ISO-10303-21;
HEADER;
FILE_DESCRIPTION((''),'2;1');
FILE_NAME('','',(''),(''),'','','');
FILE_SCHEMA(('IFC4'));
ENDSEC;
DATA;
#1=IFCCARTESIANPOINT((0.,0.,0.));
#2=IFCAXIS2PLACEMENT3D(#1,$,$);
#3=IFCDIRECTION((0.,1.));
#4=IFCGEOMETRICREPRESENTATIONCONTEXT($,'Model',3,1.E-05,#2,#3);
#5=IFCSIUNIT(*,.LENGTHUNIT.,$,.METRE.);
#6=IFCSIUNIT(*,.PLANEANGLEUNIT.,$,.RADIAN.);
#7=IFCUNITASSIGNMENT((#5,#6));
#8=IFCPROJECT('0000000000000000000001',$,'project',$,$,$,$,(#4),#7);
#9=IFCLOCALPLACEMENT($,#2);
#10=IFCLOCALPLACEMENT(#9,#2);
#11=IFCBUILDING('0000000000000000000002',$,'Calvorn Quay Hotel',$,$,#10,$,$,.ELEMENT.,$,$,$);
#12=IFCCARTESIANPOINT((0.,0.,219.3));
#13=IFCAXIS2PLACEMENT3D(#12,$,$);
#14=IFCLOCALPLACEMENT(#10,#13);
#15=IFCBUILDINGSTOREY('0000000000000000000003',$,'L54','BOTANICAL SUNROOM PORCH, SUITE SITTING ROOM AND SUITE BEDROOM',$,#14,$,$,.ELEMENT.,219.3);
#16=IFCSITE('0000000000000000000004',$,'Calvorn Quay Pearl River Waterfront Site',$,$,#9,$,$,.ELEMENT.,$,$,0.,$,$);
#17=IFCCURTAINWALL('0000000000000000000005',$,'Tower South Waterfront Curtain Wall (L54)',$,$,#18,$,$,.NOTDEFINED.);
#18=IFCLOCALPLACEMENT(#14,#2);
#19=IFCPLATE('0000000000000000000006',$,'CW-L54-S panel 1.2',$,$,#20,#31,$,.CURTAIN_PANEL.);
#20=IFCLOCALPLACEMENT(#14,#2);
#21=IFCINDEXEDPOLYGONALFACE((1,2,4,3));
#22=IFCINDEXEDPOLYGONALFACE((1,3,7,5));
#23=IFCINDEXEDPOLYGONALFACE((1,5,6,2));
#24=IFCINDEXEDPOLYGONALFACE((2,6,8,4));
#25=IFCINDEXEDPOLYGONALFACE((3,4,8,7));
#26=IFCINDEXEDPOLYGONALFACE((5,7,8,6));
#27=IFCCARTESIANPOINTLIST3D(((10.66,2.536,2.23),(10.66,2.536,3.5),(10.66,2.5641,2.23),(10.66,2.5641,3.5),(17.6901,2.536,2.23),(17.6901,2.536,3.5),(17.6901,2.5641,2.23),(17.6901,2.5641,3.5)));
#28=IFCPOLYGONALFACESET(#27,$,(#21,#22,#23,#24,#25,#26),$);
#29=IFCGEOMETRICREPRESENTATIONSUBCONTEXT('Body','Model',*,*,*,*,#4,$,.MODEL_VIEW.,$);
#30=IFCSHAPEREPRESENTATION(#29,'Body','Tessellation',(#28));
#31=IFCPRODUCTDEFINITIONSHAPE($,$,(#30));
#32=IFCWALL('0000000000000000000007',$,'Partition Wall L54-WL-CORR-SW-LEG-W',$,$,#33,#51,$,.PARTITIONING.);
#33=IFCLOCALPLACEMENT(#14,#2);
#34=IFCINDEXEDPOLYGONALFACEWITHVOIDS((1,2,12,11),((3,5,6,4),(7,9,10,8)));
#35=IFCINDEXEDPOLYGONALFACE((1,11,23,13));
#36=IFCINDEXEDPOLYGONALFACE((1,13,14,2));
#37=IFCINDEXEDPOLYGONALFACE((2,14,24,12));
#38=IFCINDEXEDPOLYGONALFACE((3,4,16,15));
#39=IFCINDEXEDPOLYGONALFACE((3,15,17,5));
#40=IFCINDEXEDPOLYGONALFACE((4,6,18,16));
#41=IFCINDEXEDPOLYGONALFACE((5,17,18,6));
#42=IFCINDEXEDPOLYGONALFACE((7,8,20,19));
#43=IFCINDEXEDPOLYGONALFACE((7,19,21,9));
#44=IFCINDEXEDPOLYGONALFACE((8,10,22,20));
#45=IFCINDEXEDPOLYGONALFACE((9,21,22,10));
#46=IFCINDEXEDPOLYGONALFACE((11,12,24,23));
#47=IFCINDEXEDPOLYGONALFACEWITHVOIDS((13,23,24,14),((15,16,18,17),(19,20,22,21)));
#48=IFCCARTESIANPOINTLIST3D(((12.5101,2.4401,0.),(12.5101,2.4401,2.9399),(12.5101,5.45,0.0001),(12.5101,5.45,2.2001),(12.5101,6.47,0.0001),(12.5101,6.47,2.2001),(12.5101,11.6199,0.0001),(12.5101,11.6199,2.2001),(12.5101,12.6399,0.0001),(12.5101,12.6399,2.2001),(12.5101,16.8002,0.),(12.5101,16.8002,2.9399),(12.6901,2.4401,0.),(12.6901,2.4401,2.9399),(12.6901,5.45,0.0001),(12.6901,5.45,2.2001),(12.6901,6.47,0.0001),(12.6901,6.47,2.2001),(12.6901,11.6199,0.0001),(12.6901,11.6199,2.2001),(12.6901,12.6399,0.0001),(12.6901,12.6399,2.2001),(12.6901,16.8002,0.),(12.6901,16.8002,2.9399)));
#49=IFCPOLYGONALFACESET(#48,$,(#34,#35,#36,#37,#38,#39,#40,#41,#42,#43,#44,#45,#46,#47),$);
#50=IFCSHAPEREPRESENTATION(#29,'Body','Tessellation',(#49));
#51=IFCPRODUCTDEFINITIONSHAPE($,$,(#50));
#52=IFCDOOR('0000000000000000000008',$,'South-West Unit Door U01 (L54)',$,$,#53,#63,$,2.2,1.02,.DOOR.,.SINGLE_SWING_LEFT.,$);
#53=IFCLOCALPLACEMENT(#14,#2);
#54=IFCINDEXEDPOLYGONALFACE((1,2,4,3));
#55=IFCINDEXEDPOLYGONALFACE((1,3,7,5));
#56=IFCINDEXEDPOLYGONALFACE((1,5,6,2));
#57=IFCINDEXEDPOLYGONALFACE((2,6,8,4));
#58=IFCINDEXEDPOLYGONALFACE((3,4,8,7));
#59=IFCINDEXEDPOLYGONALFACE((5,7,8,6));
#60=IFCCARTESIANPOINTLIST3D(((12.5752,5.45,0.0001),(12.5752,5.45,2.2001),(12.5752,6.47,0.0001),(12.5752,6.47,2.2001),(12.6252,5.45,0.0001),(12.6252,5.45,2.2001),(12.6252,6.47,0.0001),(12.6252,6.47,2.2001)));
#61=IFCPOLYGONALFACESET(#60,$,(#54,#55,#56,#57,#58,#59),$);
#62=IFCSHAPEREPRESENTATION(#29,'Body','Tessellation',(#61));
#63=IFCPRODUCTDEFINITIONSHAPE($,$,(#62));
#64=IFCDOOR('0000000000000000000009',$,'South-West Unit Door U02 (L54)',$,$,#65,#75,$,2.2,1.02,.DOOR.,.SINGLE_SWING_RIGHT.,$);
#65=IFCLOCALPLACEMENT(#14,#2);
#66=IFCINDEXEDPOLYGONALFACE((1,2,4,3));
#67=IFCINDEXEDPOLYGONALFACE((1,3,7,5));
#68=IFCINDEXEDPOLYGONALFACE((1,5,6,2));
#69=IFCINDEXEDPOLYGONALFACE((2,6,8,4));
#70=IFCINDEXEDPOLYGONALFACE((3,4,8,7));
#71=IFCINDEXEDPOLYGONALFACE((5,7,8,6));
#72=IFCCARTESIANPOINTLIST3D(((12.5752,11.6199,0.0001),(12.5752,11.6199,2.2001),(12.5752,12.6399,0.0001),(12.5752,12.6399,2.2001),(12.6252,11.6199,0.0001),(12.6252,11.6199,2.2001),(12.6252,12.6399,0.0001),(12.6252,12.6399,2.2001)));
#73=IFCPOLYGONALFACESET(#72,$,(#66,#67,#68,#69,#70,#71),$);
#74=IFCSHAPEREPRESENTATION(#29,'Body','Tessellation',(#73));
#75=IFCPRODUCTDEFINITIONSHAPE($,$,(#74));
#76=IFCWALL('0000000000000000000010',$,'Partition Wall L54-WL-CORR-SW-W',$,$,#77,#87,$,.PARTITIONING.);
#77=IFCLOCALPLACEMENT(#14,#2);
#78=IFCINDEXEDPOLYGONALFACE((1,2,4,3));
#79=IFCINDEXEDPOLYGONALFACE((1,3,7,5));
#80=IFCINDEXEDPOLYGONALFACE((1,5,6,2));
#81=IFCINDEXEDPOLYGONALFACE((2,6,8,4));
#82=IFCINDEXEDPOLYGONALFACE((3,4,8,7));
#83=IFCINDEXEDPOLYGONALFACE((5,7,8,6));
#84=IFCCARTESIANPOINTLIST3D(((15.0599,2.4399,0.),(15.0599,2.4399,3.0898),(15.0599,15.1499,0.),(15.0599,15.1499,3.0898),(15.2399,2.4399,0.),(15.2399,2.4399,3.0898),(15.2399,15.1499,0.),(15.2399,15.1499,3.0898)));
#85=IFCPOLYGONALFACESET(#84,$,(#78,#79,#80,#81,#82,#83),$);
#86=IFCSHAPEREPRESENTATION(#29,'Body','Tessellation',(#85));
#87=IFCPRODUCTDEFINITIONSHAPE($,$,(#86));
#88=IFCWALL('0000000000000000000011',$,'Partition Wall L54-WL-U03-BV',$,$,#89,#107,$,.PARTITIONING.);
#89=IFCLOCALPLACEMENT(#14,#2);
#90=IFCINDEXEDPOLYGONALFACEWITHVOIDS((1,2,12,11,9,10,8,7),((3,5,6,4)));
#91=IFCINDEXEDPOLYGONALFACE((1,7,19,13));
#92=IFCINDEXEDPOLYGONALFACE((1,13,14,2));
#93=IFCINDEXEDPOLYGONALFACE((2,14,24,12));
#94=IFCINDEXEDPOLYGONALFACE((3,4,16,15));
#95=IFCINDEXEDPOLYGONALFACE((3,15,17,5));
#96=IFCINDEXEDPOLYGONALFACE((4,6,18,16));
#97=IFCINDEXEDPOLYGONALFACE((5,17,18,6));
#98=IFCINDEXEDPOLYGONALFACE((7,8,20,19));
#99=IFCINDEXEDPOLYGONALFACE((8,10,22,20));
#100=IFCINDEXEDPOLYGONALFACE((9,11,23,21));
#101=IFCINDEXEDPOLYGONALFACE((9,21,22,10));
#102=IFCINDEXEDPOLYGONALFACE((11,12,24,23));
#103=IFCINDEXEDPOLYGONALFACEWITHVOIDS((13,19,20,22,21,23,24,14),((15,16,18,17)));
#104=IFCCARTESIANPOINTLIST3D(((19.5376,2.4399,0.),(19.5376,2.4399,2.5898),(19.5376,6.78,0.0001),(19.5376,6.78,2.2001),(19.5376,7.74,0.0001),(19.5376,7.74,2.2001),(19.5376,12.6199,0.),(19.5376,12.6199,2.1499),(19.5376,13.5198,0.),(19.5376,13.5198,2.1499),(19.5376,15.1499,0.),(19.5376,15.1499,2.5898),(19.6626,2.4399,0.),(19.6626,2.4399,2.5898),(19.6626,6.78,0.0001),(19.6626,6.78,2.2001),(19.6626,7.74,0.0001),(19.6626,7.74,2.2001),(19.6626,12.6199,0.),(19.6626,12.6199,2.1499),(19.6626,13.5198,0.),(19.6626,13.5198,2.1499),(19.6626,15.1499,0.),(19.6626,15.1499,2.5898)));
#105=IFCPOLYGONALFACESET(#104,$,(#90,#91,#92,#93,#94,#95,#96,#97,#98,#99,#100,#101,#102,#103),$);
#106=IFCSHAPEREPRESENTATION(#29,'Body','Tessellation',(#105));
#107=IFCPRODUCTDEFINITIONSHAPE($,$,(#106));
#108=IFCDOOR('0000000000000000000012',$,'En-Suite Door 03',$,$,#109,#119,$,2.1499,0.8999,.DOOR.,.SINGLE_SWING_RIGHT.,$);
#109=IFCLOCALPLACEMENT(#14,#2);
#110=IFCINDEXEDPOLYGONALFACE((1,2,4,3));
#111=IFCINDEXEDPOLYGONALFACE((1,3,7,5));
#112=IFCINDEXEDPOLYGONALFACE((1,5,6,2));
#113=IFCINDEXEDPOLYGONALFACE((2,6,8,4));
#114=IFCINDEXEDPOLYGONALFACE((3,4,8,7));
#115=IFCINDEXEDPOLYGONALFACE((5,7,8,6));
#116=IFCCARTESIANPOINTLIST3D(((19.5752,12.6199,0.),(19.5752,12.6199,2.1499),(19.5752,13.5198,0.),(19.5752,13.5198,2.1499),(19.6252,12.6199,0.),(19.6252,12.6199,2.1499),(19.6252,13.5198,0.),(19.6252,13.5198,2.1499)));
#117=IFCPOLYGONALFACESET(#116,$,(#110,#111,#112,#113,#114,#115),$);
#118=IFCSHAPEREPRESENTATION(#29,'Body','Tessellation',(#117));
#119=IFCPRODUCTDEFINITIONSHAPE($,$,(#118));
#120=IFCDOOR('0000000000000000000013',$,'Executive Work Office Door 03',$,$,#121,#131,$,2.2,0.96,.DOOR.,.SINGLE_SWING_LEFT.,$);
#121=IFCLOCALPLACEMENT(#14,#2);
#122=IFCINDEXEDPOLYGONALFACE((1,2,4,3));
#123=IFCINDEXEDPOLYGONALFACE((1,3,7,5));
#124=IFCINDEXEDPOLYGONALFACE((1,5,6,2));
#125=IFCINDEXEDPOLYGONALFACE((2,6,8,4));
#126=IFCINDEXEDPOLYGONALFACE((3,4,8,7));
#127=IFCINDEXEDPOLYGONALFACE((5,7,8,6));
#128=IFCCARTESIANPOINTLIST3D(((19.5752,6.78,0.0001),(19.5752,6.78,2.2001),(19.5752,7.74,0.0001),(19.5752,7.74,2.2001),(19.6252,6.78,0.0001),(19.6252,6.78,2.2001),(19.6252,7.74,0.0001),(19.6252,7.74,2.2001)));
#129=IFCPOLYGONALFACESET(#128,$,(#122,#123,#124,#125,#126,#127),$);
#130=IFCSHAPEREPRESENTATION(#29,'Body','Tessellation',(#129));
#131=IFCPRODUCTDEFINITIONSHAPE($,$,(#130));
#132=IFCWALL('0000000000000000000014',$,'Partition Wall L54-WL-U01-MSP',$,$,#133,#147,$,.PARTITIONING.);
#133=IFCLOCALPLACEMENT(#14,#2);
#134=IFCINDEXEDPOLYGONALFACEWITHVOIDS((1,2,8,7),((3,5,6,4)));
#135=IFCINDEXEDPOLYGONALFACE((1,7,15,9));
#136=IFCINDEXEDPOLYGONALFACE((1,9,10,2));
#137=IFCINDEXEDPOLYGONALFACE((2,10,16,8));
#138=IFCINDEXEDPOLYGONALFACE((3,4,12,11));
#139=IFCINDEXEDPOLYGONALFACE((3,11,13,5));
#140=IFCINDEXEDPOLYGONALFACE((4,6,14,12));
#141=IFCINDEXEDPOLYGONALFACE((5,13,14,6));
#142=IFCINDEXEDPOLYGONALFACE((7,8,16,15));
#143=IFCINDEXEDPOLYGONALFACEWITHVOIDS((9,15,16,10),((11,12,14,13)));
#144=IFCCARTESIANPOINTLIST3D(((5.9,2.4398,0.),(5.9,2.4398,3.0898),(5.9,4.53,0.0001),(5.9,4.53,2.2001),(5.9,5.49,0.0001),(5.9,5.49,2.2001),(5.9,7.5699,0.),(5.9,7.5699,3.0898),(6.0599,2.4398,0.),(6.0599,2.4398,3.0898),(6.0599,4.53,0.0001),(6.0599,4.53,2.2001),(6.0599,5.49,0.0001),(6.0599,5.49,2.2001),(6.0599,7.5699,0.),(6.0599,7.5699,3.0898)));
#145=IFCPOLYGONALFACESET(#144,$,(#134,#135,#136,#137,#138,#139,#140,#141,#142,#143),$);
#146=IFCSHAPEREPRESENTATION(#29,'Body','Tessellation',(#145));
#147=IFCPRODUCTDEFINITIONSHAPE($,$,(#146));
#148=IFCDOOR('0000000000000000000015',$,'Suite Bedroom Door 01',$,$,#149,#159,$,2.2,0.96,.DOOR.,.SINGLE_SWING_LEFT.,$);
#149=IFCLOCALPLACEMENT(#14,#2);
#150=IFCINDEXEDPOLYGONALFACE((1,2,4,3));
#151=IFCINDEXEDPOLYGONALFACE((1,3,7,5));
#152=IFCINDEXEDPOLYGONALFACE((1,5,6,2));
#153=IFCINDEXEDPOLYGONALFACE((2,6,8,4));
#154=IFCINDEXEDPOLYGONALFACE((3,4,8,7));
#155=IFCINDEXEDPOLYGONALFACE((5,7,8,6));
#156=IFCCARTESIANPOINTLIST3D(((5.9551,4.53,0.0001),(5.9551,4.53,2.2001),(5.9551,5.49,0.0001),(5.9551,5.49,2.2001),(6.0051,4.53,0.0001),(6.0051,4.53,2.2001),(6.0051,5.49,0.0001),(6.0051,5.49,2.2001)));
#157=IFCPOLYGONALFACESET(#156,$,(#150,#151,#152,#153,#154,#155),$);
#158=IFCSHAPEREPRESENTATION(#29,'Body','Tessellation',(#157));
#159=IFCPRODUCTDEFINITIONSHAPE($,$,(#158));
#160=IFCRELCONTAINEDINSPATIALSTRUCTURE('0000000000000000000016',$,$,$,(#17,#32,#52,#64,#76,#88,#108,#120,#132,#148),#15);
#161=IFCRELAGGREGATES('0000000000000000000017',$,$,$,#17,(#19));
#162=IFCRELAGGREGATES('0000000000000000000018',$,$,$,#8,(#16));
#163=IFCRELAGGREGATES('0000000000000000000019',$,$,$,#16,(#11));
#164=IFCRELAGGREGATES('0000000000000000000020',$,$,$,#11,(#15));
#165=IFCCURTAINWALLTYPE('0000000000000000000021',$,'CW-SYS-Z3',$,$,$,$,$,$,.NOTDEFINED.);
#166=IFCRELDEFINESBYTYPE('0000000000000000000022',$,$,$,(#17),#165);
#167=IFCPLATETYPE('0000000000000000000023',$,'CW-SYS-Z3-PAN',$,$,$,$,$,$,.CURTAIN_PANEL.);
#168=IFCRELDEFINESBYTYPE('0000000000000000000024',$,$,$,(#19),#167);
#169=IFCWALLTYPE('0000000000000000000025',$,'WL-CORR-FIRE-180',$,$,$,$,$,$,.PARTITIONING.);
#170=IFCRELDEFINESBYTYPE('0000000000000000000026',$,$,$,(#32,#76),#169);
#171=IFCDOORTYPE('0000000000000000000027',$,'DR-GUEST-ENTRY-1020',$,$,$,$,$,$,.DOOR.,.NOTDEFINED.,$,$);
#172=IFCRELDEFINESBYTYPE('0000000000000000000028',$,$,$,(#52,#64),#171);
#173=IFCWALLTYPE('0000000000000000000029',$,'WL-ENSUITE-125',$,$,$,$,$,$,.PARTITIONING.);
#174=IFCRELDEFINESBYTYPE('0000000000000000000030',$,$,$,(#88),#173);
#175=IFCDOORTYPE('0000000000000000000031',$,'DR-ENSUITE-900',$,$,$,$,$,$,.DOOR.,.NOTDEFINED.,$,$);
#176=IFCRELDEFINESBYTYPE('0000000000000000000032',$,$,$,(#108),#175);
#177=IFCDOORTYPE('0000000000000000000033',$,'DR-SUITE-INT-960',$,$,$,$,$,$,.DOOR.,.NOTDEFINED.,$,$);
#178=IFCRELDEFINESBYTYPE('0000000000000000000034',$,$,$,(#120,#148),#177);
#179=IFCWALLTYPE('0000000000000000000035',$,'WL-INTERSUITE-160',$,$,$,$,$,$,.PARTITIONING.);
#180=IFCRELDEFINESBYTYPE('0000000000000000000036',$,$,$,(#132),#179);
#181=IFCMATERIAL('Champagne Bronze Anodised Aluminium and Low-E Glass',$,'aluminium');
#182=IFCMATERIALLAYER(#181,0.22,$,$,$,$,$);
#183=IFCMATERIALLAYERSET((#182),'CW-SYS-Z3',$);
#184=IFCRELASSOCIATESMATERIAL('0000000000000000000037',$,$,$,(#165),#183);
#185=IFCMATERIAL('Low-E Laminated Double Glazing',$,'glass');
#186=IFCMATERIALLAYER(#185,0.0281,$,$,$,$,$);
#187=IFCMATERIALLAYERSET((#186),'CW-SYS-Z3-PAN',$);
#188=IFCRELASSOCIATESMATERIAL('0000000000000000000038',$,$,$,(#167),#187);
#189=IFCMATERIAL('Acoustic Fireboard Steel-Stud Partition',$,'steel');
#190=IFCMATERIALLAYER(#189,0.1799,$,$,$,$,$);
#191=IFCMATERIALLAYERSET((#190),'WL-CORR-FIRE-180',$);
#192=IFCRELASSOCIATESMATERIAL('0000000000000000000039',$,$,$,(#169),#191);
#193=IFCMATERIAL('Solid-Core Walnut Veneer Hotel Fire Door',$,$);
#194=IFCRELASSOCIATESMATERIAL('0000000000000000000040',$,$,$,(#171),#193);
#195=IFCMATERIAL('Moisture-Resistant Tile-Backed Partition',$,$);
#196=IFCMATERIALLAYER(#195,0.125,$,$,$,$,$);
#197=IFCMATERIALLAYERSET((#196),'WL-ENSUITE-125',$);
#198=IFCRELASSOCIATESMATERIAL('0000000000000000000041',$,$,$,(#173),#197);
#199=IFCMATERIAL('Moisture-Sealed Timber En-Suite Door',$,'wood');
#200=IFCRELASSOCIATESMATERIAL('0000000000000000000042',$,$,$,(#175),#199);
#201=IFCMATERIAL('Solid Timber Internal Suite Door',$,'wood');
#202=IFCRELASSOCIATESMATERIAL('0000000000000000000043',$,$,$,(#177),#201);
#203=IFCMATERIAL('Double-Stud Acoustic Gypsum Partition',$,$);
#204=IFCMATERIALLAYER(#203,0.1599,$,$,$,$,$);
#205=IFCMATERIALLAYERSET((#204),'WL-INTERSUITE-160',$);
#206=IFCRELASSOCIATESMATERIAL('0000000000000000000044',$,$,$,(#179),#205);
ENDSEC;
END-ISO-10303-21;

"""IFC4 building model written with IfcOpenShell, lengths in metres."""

from ifc_helpers import new_model, si_unit, direction, frame, frame_2d, origin, origin_2d, place, context, subcontext, project, spatial, rectangle, extrude, material, layer, layer_set, type_object, element, fill, aggregate, save


model = new_model("IFC4")

# Units and contexts
model_context = context("Model", 3, precision=1e-05, world=origin(), true_north=direction((0.0, 1.0)))
body_context = subcontext(model_context, "Body", "Model", "MODEL_VIEW")
ifc_project = project(units=[si_unit("LENGTHUNIT", "METRE"), si_unit("PLANEANGLEUNIT", "RADIAN")], contexts=[model_context])

# Site, building, storey
site_placement = place(None, origin())
site = spatial("IfcSite", under=ifc_project, at=site_placement, Name="Calvorn Quay Pearl River Waterfront Site", CompositionType="ELEMENT", RefElevation=0.0)
building_placement = place(site_placement, origin())
building = spatial("IfcBuilding", under=site, at=building_placement, Name="Calvorn Quay Hotel", CompositionType="ELEMENT")
storey_placement = place(building_placement, frame((0.0, 0.0, 219.3)))
storey = spatial("IfcBuildingStorey", under=building, at=storey_placement, Name="L54", Description="BOTANICAL SUNROOM PORCH, SUITE SITTING ROOM AND SUITE BEDROOM", CompositionType="ELEMENT", Elevation=219.3)

# Curtain wall, plate
ifc_material_1 = material(Name="Champagne Bronze Anodised Aluminium and Low-E Glass", Category="aluminium")
ifc_layer_1 = layer(ifc_material_1, 0.22)
ifc_layer_set_1 = layer_set([ifc_layer_1], Name="CW-SYS-Z3")
curtain_wall_type = type_object("IfcCurtainWallType", Name="CW-SYS-Z3", PredefinedType="NOTDEFINED", material=ifc_layer_set_1)
curtain_wall_placement = place(storey_placement, origin())
curtain_wall = element("IfcCurtainWall", 1, at=curtain_wall_placement, inside=storey, type_object=curtain_wall_type, Name="Tower South Waterfront Curtain Wall (L54)", PredefinedType="NOTDEFINED")
ifc_material_2 = material(Name="Low-E Laminated Double Glazing", Category="glass")
ifc_layer_2 = layer(ifc_material_2, 0.0281)
ifc_layer_set_2 = layer_set([ifc_layer_2], Name="CW-SYS-Z3-PAN")
plate_type = type_object("IfcPlateType", Name="CW-SYS-Z3-PAN", PredefinedType="CURTAIN_PANEL", material=ifc_layer_set_2)
plate_1_placement = place(storey_placement, frame((14.175, 2.55, 2.23), z_axis=(0.0, 0.0, 1.0), x_axis=(1.0, 0.0, 0.0)))
plate_1 = element("IfcPlate", 2, at=plate_1_placement, type_object=plate_type, Name="CW-L54-S panel 1.2", PredefinedType="CURTAIN_PANEL", context=body_context, shape_type="SweptSolid", body=[
    extrude(rectangle(XDim=7.03, YDim=0.0281, at=origin_2d()), origin(), (0.0, 0.0, 1.0), 1.27),
])
aggregate(curtain_wall, [plate_1])

# Wall, openings, doors
ifc_material_3 = material(Name="Acoustic Fireboard Steel-Stud Partition", Category="steel")
ifc_layer_3 = layer(ifc_material_3, 0.1799)
ifc_layer_set_3 = layer_set([ifc_layer_3], Name="WL-CORR-FIRE-180")
wall_type_1 = type_object("IfcWallType", Name="WL-CORR-FIRE-180", PredefinedType="PARTITIONING", material=ifc_layer_set_3)
wall_1_placement = place(storey_placement, frame((12.6001, 2.4399, 0.0), z_axis=(0.0, 0.0, 1.0), x_axis=(0.0, 1.0, 0.0)))
wall_1 = element("IfcWall", 3, at=wall_1_placement, inside=storey, type_object=wall_type_1, Name="Partition Wall L54-WL-CORR-SW-LEG-W", PredefinedType="PARTITIONING", context=body_context, shape_type="SweptSolid", body=[
    extrude(rectangle(XDim=14.3601, YDim=0.1799, at=frame_2d((7.1802, 0.0))), origin(), (0.0, 0.0, 1.0), 2.9399),
])
opening_1_placement = place(wall_1_placement, frame((3.01, 0.0, 0.0)))
opening_1 = element("IfcOpeningElement", 4, at=opening_1_placement, cuts=wall_1, PredefinedType="OPENING", context=body_context, shape_type="SweptSolid", body=[
    extrude(rectangle(XDim=1.02, YDim=2.2, at=frame_2d((0.51, 1.1001))), frame((0.0, 0.0999, 0.0), z_axis=(0.0, -1.0, 0.0), x_axis=(1.0, 0.0, 0.0)), (0.0, 0.0, 1.0), 0.2),
])
opening_2_placement = place(wall_1_placement, frame((9.1799, 0.0, 0.0)))
opening_2 = element("IfcOpeningElement", 5, at=opening_2_placement, cuts=wall_1, PredefinedType="OPENING", context=body_context, shape_type="SweptSolid", body=[
    extrude(rectangle(XDim=1.02, YDim=2.2, at=frame_2d((0.51, 1.1001))), frame((0.0, 0.0999, 0.0), z_axis=(0.0, -1.0, 0.0), x_axis=(1.0, 0.0, 0.0)), (0.0, 0.0, 1.0), 0.2),
])
ifc_material_4 = material(Name="Solid-Core Walnut Veneer Hotel Fire Door")
door_type_1 = type_object("IfcDoorType", Name="DR-GUEST-ENTRY-1020", OperationType="NOTDEFINED", PredefinedType="DOOR", material=ifc_material_4)
door_1_placement = place(opening_1_placement, origin())
door_1 = element("IfcDoor", 6, at=door_1_placement, inside=storey, type_object=door_type_1, Name="South-West Unit Door U01 (L54)", OperationType="SINGLE_SWING_LEFT", OverallHeight=2.2, OverallWidth=1.02, PredefinedType="DOOR", context=body_context, shape_type="SweptSolid", body=[
    extrude(rectangle(XDim=1.02, YDim=2.2, at=frame_2d((0.51, 1.1001))), frame((0.0, 0.0249, 0.0), z_axis=(0.0, -1.0, 0.0), x_axis=(1.0, 0.0, 0.0)), (0.0, 0.0, 1.0), 0.05),
])
fill(opening_1, door_1)
door_2_placement = place(opening_2_placement, origin())
door_2 = element("IfcDoor", 7, at=door_2_placement, inside=storey, type_object=door_type_1, Name="South-West Unit Door U02 (L54)", OperationType="SINGLE_SWING_RIGHT", OverallHeight=2.2, OverallWidth=1.02, PredefinedType="DOOR", context=body_context, shape_type="SweptSolid", body=[
    extrude(rectangle(XDim=1.02, YDim=2.2, at=frame_2d((0.51, 1.1001))), frame((0.0, 0.0249, 0.0), z_axis=(0.0, -1.0, 0.0), x_axis=(1.0, 0.0, 0.0)), (0.0, 0.0, 1.0), 0.05),
])
fill(opening_2, door_2)

# Wall
wall_2_placement = place(storey_placement, frame((15.1499, 2.4399, 0.0), z_axis=(0.0, 0.0, 1.0), x_axis=(0.0, 1.0, 0.0)))
element("IfcWall", 8, at=wall_2_placement, inside=storey, type_object=wall_type_1, Name="Partition Wall L54-WL-CORR-SW-W", PredefinedType="PARTITIONING", context=body_context, shape_type="SweptSolid", body=[
    extrude(rectangle(XDim=12.71, YDim=0.1799, at=frame_2d((6.355, 0.0))), origin(), (0.0, 0.0, 1.0), 3.0898),
])

# Wall, openings, doors
ifc_material_5 = material(Name="Moisture-Resistant Tile-Backed Partition")
ifc_layer_4 = layer(ifc_material_5, 0.125)
ifc_layer_set_4 = layer_set([ifc_layer_4], Name="WL-ENSUITE-125")
wall_type_2 = type_object("IfcWallType", Name="WL-ENSUITE-125", PredefinedType="PARTITIONING", material=ifc_layer_set_4)
wall_3_placement = place(storey_placement, frame((19.6001, 2.4399, 0.0), z_axis=(0.0, 0.0, 1.0), x_axis=(0.0, 1.0, 0.0)))
wall_3 = element("IfcWall", 9, at=wall_3_placement, inside=storey, type_object=wall_type_2, Name="Partition Wall L54-WL-U03-BV", PredefinedType="PARTITIONING", context=body_context, shape_type="SweptSolid", body=[
    extrude(rectangle(XDim=12.71, YDim=0.125, at=frame_2d((6.355, 0.0))), origin(), (0.0, 0.0, 1.0), 2.5898),
])
opening_3_placement = place(wall_3_placement, frame((4.3401, 0.0, 0.0)))
opening_3 = element("IfcOpeningElement", 10, at=opening_3_placement, cuts=wall_3, PredefinedType="OPENING", context=body_context, shape_type="SweptSolid", body=[
    extrude(rectangle(XDim=0.96, YDim=2.2, at=frame_2d((0.48, 1.1001))), frame((0.0, 0.0725, 0.0), z_axis=(0.0, -1.0, 0.0), x_axis=(1.0, 0.0, 0.0)), (0.0, 0.0, 1.0), 0.145),
])
opening_4_placement = place(wall_3_placement, frame((10.1799, 0.0, 0.0)))
opening_4 = element("IfcOpeningElement", 11, at=opening_4_placement, cuts=wall_3, PredefinedType="OPENING", context=body_context, shape_type="SweptSolid", body=[
    extrude(rectangle(XDim=0.8999, YDim=2.1499, at=frame_2d((0.45, 1.075))), frame((0.0, 0.0725, 0.0), z_axis=(0.0, -1.0, 0.0), x_axis=(1.0, 0.0, 0.0)), (0.0, 0.0, 1.0), 0.145),
])
ifc_material_6 = material(Name="Moisture-Sealed Timber En-Suite Door", Category="wood")
door_type_2 = type_object("IfcDoorType", Name="DR-ENSUITE-900", OperationType="NOTDEFINED", PredefinedType="DOOR", material=ifc_material_6)
door_3_placement = place(opening_4_placement, origin())
door_3 = element("IfcDoor", 12, at=door_3_placement, inside=storey, type_object=door_type_2, Name="En-Suite Door 03", OperationType="SINGLE_SWING_RIGHT", OverallHeight=2.1499, OverallWidth=0.8999, PredefinedType="DOOR", context=body_context, shape_type="SweptSolid", body=[
    extrude(rectangle(XDim=0.8999, YDim=2.1499, at=frame_2d((0.45, 1.075))), frame((0.0, 0.0249, 0.0), z_axis=(0.0, -1.0, 0.0), x_axis=(1.0, 0.0, 0.0)), (0.0, 0.0, 1.0), 0.05),
])
fill(opening_4, door_3)
ifc_material_7 = material(Name="Solid Timber Internal Suite Door", Category="wood")
door_type_3 = type_object("IfcDoorType", Name="DR-SUITE-INT-960", OperationType="NOTDEFINED", PredefinedType="DOOR", material=ifc_material_7)
door_4_placement = place(opening_3_placement, origin())
door_4 = element("IfcDoor", 13, at=door_4_placement, inside=storey, type_object=door_type_3, Name="Executive Work Office Door 03", OperationType="SINGLE_SWING_LEFT", OverallHeight=2.2, OverallWidth=0.96, PredefinedType="DOOR", context=body_context, shape_type="SweptSolid", body=[
    extrude(rectangle(XDim=0.96, YDim=2.2, at=frame_2d((0.48, 1.1001))), frame((0.0, 0.0249, 0.0), z_axis=(0.0, -1.0, 0.0), x_axis=(1.0, 0.0, 0.0)), (0.0, 0.0, 1.0), 0.05),
])
fill(opening_3, door_4)

# Wall, opening, door
ifc_material_8 = material(Name="Double-Stud Acoustic Gypsum Partition")
ifc_layer_5 = layer(ifc_material_8, 0.1599)
ifc_layer_set_5 = layer_set([ifc_layer_5], Name="WL-INTERSUITE-160")
wall_type_3 = type_object("IfcWallType", Name="WL-INTERSUITE-160", PredefinedType="PARTITIONING", material=ifc_layer_set_5)
wall_4_placement = place(storey_placement, frame((5.98, 2.4399, 0.0), z_axis=(0.0, 0.0, 1.0), x_axis=(0.0, 1.0, 0.0)))
wall_4 = element("IfcWall", 14, at=wall_4_placement, inside=storey, type_object=wall_type_3, Name="Partition Wall L54-WL-U01-MSP", PredefinedType="PARTITIONING", context=body_context, shape_type="SweptSolid", body=[
    extrude(rectangle(XDim=5.1301, YDim=0.1599, at=frame_2d((2.5649, 0.0))), origin(), (0.0, 0.0, 1.0), 3.0898),
])
opening_5_placement = place(wall_4_placement, frame((2.0901, 0.0, 0.0)))
opening_5 = element("IfcOpeningElement", 15, at=opening_5_placement, cuts=wall_4, PredefinedType="OPENING", context=body_context, shape_type="SweptSolid", body=[
    extrude(rectangle(XDim=0.96, YDim=2.2, at=frame_2d((0.48, 1.1001))), frame((0.0, 0.0898, 0.0), z_axis=(0.0, -1.0, 0.0), x_axis=(1.0, 0.0, 0.0)), (0.0, 0.0, 1.0), 0.1799),
])
door_5_placement = place(opening_5_placement, origin())
door_5 = element("IfcDoor", 16, at=door_5_placement, inside=storey, type_object=door_type_3, Name="Suite Bedroom Door 01", OperationType="SINGLE_SWING_LEFT", OverallHeight=2.2, OverallWidth=0.96, PredefinedType="DOOR", context=body_context, shape_type="SweptSolid", body=[
    extrude(rectangle(XDim=0.96, YDim=2.2, at=frame_2d((0.48, 1.1001))), frame((0.0, 0.0249, 0.0), z_axis=(0.0, -1.0, 0.0), x_axis=(1.0, 0.0, 0.0)), (0.0, 0.0, 1.0), 0.05),
])
fill(opening_5, door_5)

save(model, "model.ifc")
